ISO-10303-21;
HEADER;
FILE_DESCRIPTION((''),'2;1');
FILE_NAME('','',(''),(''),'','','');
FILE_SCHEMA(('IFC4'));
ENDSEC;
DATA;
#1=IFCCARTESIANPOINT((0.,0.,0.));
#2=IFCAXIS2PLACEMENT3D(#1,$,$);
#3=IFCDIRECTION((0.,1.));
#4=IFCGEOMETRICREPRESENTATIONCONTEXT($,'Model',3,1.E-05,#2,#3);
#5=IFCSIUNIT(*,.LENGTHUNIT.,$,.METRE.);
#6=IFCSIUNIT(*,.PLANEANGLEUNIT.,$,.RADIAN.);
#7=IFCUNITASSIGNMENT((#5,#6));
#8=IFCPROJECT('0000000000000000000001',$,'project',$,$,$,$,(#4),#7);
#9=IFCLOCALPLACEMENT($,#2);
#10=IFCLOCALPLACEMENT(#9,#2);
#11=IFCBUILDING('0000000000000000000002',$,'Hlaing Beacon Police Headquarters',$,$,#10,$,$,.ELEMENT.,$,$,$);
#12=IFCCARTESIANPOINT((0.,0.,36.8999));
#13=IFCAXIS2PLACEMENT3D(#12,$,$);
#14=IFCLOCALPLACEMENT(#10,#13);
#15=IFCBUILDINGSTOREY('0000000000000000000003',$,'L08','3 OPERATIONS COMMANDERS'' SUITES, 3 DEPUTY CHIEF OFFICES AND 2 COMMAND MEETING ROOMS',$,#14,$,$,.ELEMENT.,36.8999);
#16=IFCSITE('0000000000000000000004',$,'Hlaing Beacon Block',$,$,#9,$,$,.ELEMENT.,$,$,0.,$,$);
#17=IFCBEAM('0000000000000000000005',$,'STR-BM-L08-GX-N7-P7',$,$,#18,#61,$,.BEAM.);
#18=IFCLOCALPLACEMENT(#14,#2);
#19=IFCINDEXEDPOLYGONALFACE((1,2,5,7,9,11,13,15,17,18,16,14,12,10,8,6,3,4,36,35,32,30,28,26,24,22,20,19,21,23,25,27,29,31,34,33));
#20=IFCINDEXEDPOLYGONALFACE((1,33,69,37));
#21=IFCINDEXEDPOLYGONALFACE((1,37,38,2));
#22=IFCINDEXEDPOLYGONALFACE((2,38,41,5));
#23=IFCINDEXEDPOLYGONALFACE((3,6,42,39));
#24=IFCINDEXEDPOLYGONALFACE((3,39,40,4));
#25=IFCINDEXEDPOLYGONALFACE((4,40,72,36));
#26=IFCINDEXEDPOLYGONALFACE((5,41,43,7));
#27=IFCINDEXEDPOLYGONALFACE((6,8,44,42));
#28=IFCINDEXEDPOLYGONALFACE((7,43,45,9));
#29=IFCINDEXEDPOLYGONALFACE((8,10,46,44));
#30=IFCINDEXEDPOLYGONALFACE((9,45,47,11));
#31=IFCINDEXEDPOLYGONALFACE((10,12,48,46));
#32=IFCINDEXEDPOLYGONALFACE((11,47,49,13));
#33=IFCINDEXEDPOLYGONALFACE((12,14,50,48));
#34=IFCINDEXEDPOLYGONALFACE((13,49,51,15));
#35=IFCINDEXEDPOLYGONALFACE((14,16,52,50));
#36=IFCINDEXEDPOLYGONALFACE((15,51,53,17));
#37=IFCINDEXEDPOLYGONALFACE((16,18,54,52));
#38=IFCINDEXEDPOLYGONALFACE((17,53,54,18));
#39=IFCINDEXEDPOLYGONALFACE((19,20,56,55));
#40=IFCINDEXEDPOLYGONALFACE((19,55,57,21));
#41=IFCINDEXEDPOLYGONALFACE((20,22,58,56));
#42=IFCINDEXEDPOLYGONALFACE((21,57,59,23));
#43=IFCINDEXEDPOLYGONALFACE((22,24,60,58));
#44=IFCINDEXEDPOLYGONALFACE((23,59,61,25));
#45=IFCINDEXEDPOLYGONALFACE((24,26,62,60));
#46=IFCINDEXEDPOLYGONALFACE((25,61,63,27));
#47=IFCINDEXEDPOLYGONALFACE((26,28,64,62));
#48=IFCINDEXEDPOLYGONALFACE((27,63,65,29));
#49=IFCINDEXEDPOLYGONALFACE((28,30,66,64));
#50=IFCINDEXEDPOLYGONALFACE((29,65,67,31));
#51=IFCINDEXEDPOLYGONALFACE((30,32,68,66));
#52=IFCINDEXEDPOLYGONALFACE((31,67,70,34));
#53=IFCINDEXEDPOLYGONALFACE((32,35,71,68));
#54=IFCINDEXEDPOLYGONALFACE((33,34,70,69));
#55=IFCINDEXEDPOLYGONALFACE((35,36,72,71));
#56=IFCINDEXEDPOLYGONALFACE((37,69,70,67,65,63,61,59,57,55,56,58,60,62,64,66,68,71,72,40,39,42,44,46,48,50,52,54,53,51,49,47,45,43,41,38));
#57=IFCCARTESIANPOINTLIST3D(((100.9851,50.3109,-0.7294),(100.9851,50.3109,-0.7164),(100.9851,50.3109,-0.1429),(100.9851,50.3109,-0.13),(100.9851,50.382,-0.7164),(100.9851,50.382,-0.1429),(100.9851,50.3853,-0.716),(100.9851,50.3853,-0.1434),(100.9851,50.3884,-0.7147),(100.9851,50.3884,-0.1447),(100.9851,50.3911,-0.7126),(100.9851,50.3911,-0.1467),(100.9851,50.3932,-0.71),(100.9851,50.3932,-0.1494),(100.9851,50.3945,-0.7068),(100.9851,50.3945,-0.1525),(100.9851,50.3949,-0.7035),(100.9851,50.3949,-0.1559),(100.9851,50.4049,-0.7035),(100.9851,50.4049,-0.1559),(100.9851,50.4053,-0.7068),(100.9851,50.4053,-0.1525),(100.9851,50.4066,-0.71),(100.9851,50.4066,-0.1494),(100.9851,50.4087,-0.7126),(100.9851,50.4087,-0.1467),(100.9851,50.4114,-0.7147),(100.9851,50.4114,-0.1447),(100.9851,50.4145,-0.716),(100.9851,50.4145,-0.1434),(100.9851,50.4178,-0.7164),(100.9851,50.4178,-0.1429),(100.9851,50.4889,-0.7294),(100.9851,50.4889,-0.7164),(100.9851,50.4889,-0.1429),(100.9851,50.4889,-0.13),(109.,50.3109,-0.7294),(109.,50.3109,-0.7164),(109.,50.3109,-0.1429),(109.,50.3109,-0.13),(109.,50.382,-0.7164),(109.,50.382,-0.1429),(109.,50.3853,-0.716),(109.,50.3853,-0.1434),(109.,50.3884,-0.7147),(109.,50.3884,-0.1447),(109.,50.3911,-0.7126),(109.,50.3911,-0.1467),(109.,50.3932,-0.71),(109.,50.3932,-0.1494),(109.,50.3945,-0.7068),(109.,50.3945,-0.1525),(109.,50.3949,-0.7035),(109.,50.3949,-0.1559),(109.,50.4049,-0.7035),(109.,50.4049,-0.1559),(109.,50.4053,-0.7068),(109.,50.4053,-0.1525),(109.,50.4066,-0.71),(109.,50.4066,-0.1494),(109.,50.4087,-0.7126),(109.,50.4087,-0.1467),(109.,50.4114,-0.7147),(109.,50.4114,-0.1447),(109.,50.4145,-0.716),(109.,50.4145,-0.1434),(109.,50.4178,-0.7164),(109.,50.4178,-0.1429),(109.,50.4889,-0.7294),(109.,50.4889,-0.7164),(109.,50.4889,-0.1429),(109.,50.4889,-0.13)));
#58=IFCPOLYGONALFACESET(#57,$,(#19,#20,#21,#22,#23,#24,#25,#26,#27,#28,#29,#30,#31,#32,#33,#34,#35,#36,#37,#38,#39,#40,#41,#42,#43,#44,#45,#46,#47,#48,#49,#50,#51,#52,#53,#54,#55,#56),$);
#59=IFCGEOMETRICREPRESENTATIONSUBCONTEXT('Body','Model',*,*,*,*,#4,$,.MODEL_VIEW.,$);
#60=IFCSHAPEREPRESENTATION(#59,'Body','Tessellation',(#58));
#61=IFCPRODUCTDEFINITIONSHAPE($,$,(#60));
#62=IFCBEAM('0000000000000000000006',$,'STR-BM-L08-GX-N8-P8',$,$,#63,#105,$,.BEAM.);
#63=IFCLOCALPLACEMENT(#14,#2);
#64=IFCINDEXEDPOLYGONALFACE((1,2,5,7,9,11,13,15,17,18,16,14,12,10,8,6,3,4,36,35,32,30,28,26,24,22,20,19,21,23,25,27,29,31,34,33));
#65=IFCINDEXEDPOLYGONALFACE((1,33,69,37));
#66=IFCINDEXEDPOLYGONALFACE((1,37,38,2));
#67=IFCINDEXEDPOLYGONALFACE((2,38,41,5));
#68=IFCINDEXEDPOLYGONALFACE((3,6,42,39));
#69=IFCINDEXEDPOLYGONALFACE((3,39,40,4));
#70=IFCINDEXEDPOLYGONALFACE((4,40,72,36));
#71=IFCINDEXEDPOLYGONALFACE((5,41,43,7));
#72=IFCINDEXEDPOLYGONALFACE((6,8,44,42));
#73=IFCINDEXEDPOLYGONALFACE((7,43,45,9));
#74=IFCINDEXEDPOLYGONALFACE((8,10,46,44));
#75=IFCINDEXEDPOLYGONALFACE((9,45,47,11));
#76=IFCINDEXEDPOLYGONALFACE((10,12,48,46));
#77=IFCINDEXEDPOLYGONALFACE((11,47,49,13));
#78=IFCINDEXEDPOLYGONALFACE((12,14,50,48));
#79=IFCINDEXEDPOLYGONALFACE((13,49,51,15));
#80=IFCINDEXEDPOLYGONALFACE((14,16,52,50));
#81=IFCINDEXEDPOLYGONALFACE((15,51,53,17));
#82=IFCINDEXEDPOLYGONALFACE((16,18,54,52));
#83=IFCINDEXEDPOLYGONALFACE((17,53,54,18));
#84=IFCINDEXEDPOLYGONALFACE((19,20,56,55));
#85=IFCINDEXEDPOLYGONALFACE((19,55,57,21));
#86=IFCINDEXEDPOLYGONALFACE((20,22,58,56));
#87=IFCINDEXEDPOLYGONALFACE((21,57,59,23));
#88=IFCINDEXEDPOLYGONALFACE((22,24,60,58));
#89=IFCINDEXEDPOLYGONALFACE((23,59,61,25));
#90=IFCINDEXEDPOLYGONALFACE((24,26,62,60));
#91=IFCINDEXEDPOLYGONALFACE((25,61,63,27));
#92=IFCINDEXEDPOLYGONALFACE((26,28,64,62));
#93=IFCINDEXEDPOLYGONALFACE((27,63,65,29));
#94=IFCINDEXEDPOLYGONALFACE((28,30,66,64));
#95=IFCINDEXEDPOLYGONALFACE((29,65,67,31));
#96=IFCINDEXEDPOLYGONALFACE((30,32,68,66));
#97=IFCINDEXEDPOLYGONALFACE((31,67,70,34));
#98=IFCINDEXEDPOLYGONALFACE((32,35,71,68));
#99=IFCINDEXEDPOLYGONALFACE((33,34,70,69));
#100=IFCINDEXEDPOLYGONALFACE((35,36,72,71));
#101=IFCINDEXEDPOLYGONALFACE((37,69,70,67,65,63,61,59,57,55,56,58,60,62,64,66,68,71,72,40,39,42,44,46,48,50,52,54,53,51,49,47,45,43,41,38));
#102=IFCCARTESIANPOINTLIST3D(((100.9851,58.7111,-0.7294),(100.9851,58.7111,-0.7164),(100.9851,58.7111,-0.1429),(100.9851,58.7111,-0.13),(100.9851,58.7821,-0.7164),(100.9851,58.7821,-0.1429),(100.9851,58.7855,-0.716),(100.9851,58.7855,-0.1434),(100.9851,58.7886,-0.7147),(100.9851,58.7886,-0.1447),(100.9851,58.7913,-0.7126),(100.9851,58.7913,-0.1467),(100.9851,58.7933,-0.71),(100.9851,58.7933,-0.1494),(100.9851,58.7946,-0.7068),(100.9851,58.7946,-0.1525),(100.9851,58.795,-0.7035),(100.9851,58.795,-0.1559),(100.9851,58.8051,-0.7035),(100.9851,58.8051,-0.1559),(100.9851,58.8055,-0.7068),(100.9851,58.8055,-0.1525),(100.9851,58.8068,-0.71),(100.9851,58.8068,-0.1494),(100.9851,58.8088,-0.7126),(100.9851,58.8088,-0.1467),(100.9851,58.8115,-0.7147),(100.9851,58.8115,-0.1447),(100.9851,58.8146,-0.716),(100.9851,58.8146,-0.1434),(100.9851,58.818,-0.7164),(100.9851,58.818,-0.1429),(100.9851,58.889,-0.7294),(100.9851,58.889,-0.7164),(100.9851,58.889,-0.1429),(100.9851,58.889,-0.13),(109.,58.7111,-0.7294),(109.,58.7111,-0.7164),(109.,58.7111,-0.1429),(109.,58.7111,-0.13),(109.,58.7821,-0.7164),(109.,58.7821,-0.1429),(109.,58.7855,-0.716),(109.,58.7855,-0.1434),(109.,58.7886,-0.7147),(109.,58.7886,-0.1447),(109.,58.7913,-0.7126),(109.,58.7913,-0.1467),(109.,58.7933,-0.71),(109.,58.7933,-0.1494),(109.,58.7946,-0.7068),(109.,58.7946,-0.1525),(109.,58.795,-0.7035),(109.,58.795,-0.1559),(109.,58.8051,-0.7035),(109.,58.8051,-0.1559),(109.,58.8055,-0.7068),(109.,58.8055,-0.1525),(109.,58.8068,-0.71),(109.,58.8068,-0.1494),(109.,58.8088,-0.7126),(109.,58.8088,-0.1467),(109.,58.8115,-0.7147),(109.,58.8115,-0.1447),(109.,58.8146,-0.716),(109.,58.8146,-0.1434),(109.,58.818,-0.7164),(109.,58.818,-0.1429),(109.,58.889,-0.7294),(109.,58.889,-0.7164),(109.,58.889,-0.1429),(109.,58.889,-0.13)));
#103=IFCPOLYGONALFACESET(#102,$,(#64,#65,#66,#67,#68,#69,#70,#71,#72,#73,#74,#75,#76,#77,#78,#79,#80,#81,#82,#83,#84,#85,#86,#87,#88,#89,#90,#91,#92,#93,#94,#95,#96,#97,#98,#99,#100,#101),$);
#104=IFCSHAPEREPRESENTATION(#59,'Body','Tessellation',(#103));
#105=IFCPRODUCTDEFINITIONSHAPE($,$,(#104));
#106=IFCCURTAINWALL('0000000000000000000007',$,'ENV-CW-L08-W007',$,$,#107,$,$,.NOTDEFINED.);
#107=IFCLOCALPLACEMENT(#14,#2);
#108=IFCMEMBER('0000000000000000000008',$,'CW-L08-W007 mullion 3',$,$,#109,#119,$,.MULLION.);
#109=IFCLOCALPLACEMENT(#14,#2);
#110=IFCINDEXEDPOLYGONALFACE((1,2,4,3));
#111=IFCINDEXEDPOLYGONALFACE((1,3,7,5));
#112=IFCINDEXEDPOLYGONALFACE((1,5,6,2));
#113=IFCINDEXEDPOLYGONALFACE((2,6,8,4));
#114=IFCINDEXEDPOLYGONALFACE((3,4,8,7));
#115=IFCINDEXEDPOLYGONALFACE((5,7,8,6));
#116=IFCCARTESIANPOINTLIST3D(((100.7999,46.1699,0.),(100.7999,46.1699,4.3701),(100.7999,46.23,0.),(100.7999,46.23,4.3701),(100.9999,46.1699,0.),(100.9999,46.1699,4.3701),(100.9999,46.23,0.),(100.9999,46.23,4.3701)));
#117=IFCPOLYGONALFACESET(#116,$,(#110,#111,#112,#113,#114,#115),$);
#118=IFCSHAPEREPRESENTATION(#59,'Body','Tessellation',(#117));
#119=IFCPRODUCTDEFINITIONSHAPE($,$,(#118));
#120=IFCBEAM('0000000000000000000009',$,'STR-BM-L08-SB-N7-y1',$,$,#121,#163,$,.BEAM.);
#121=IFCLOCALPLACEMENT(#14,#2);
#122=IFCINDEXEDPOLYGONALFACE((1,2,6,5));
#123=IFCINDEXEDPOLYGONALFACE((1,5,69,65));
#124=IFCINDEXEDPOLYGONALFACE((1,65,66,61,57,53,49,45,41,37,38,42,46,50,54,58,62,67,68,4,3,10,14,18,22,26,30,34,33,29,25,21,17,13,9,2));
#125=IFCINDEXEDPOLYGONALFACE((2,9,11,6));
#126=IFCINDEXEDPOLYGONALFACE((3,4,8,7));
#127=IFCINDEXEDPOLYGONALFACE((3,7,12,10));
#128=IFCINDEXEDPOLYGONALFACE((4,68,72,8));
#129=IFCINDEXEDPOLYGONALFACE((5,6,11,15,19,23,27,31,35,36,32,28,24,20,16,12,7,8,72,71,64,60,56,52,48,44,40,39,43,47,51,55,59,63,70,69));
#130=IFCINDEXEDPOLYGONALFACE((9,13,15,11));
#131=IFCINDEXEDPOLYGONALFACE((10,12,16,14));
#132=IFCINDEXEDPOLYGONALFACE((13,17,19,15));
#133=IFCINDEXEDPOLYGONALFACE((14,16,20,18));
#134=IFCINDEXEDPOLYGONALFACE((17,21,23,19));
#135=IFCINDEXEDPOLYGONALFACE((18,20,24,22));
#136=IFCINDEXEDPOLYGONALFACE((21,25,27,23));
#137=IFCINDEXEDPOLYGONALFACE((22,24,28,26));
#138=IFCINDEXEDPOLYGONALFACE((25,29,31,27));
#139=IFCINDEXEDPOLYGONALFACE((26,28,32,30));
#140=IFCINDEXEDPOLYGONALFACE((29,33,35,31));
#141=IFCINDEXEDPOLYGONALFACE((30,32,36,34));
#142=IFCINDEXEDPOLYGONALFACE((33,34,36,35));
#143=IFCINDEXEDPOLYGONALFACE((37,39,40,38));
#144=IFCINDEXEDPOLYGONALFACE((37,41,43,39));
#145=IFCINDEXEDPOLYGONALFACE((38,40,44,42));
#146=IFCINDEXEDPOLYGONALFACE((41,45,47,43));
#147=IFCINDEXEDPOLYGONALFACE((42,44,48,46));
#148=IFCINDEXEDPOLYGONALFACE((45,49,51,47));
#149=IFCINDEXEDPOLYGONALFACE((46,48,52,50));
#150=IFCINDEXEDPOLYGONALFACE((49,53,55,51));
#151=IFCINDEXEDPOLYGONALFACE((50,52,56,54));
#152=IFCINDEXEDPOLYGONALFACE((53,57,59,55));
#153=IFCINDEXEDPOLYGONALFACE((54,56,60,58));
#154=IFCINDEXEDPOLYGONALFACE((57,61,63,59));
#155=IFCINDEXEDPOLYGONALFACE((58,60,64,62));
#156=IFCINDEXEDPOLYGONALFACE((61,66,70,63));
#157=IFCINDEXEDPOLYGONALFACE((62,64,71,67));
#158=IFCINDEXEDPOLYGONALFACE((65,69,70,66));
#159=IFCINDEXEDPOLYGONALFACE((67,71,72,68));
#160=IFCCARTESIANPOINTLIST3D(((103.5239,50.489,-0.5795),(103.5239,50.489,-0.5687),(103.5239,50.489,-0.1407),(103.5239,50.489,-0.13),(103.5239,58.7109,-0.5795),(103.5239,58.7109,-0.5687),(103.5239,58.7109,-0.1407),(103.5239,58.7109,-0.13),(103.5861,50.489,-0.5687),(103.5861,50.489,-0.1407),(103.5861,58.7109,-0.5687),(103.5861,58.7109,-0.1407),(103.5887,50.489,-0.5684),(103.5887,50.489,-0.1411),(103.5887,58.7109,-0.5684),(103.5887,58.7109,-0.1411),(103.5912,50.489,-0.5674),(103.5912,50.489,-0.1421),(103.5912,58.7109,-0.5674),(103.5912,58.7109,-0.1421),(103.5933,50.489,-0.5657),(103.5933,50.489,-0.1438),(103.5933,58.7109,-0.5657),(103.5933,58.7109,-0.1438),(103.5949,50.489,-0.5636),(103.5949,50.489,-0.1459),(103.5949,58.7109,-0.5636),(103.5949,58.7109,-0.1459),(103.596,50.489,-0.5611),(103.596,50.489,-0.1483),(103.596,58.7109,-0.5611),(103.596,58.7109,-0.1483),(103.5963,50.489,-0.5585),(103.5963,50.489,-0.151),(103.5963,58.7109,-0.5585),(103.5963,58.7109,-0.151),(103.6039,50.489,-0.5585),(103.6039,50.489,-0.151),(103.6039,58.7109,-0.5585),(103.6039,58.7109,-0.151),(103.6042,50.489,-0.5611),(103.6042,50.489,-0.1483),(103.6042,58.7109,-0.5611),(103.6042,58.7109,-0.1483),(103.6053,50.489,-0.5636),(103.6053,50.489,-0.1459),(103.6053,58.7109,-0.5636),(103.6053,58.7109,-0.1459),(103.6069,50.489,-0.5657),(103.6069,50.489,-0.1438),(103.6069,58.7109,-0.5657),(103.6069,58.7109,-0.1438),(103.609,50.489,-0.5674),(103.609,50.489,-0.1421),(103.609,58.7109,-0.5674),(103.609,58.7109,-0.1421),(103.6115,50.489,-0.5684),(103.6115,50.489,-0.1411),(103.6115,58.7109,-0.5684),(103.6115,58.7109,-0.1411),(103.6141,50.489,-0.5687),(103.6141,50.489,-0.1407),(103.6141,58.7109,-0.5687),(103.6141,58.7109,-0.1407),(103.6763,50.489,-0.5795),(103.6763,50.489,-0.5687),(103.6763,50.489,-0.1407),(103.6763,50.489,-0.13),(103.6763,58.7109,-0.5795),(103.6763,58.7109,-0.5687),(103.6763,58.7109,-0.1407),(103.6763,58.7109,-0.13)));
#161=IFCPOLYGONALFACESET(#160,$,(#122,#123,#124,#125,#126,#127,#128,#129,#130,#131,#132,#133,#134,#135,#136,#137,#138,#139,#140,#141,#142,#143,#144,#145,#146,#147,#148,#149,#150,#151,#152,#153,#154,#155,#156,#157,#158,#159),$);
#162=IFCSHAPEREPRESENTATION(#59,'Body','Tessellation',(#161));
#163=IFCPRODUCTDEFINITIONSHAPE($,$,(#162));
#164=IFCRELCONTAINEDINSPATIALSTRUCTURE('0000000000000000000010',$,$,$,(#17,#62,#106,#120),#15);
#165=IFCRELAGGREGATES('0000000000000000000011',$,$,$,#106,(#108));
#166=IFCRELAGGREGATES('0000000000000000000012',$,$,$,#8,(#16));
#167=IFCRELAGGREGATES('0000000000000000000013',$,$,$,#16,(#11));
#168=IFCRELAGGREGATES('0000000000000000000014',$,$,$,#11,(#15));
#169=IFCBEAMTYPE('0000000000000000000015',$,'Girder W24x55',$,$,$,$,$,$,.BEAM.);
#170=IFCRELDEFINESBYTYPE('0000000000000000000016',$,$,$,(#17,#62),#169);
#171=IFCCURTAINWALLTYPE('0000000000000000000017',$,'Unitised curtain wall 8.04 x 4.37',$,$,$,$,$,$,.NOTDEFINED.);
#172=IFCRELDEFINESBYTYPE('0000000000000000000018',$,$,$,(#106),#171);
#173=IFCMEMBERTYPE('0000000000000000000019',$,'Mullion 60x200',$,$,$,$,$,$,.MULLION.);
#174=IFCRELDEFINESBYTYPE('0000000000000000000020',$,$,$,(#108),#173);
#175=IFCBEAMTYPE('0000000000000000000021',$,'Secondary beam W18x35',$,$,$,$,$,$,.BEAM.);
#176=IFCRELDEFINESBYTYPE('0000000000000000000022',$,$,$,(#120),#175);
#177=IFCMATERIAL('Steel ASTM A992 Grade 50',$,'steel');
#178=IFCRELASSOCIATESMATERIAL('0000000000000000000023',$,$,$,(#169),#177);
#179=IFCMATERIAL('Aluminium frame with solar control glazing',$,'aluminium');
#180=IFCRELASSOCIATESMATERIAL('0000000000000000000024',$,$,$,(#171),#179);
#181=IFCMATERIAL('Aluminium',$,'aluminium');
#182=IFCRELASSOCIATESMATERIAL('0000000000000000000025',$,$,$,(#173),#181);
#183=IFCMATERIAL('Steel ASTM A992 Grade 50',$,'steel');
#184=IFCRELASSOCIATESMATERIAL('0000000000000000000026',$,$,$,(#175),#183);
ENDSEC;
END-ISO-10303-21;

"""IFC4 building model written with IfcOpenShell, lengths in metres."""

from ifc_helpers import new_model, si_unit, direction, frame, origin, origin_2d, place, context, subcontext, project, spatial, rectangle, i_section, extrude, material, material_profile, profile_set, type_object, element, aggregate, save


model = new_model("IFC4")

# Units and contexts
model_context = context("Model", 3, precision=1e-05, world=origin(), true_north=direction((0.0, 1.0)))
body_context = subcontext(model_context, "Body", "Model", "MODEL_VIEW")
ifc_project = project(units=[si_unit("LENGTHUNIT", "METRE"), si_unit("PLANEANGLEUNIT", "RADIAN")], contexts=[model_context])

# Site, building, storey
site_placement = place(None, origin())
site = spatial("IfcSite", under=ifc_project, at=site_placement, Name="Hlaing Beacon Block", CompositionType="ELEMENT", RefElevation=0.0)
building_placement = place(site_placement, origin())
building = spatial("IfcBuilding", under=site, at=building_placement, Name="Hlaing Beacon Police Headquarters", CompositionType="ELEMENT")
storey_placement = place(building_placement, frame((0.0, 0.0, 36.8999)))
storey = spatial("IfcBuildingStorey", under=building, at=storey_placement, Name="L08", Description="3 OPERATIONS COMMANDERS' SUITES, 3 DEPUTY CHIEF OFFICES AND 2 COMMAND MEETING ROOMS", CompositionType="ELEMENT", Elevation=36.8999)

# Beams
ifc_material_1 = material(Name="Steel ASTM A992 Grade 50", Category="steel")
ifc_material_profile_1 = material_profile(ifc_material_1, i_section(OverallWidth=0.178, OverallDepth=0.5994, WebThickness=0.01, FlangeThickness=0.0129, FilletRadius=0.0129, at=origin_2d()), Name="W24x55")
ifc_profile_set_1 = profile_set([ifc_material_profile_1], Name="Steel ASTM A992 Grade 50")
beam_type_1 = type_object("IfcBeamType", Name="Girder W24x55", PredefinedType="BEAM", material=ifc_profile_set_1)
for number, where, z_axis, x_axis, name in (
    (1, (100.9851, 50.3999, -0.4297), (1.0, 0.0, 0.0), (0.0, 1.0, 0.0), "STR-BM-L08-GX-N7-P7"),
    (2, (100.9851, 58.8, -0.4297), (1.0, 0.0, 0.0), (0.0, 1.0, 0.0), "STR-BM-L08-GX-N8-P8"),
):
    element("IfcBeam", number, at=place(storey_placement, frame(where, z_axis=z_axis, x_axis=x_axis)), inside=storey, type_object=beam_type_1, Name=name, PredefinedType="BEAM", context=body_context, shape_type="SweptSolid", body=[
        extrude(i_section(OverallWidth=0.178, OverallDepth=0.5994, WebThickness=0.01, FlangeThickness=0.0129, FilletRadius=0.0129, at=origin_2d()), origin(), (0.0, 0.0, 1.0), 8.0149),
    ])

# Curtain wall, member
ifc_material_2 = material(Name="Aluminium frame with solar control glazing", Category="aluminium")
curtain_wall_type = type_object("IfcCurtainWallType", Name="Unitised curtain wall 8.04 x 4.37", PredefinedType="NOTDEFINED", material=ifc_material_2)
curtain_wall_placement = place(storey_placement, origin())
curtain_wall = element("IfcCurtainWall", 3, at=curtain_wall_placement, inside=storey, type_object=curtain_wall_type, Name="ENV-CW-L08-W007", PredefinedType="NOTDEFINED")
ifc_material_3 = material(Name="Aluminium", Category="aluminium")
ifc_material_profile_2 = material_profile(ifc_material_3, rectangle(XDim=0.2, YDim=0.0601, at=origin_2d()), Name="Mullion 60x200")
ifc_profile_set_2 = profile_set([ifc_material_profile_2], Name="Aluminium")
member_type_1 = type_object("IfcMemberType", Name="Mullion 60x200", PredefinedType="MULLION", material=ifc_profile_set_2)
member_1_placement = place(storey_placement, frame((100.8999, 46.2, 0.0), z_axis=(0.0, 0.0, 1.0), x_axis=(1.0, 0.0, 0.0)))
member_1 = element("IfcMember", 4, at=member_1_placement, type_object=member_type_1, Name="CW-L08-W007 mullion 3", PredefinedType="MULLION", context=body_context, shape_type="SweptSolid", body=[
    extrude(rectangle(XDim=0.2, YDim=0.0601, at=origin_2d()), origin(), (0.0, 0.0, 1.0), 4.3701),
])

# Beam
ifc_material_4 = material(Name="Steel ASTM A992 Grade 50", Category="steel")
ifc_material_profile_3 = material_profile(ifc_material_4, i_section(OverallWidth=0.1523, OverallDepth=0.4495, WebThickness=0.0076, FlangeThickness=0.0107, FilletRadius=0.0103, at=origin_2d()), Name="W18x35")
ifc_profile_set_3 = profile_set([ifc_material_profile_3], Name="Steel ASTM A992 Grade 50")
beam_type_2 = type_object("IfcBeamType", Name="Secondary beam W18x35", PredefinedType="BEAM", material=ifc_profile_set_3)
for number, where, z_axis, x_axis, name in (
    (5, (103.6001, 50.489, -0.3547), (0.0, 1.0, 0.0), (-1.0, 0.0, 0.0), "STR-BM-L08-SB-N7-y1"),
):
    element("IfcBeam", number, at=place(storey_placement, frame(where, z_axis=z_axis, x_axis=x_axis)), inside=storey, type_object=beam_type_2, Name=name, PredefinedType="BEAM", context=body_context, shape_type="SweptSolid", body=[
        extrude(i_section(OverallWidth=0.1523, OverallDepth=0.4495, WebThickness=0.0076, FlangeThickness=0.0107, FilletRadius=0.0103, at=origin_2d()), origin(), (0.0, 0.0, 1.0), 8.2219),
    ])

aggregate(curtain_wall, [member_1])

save(model, "model.ifc")
